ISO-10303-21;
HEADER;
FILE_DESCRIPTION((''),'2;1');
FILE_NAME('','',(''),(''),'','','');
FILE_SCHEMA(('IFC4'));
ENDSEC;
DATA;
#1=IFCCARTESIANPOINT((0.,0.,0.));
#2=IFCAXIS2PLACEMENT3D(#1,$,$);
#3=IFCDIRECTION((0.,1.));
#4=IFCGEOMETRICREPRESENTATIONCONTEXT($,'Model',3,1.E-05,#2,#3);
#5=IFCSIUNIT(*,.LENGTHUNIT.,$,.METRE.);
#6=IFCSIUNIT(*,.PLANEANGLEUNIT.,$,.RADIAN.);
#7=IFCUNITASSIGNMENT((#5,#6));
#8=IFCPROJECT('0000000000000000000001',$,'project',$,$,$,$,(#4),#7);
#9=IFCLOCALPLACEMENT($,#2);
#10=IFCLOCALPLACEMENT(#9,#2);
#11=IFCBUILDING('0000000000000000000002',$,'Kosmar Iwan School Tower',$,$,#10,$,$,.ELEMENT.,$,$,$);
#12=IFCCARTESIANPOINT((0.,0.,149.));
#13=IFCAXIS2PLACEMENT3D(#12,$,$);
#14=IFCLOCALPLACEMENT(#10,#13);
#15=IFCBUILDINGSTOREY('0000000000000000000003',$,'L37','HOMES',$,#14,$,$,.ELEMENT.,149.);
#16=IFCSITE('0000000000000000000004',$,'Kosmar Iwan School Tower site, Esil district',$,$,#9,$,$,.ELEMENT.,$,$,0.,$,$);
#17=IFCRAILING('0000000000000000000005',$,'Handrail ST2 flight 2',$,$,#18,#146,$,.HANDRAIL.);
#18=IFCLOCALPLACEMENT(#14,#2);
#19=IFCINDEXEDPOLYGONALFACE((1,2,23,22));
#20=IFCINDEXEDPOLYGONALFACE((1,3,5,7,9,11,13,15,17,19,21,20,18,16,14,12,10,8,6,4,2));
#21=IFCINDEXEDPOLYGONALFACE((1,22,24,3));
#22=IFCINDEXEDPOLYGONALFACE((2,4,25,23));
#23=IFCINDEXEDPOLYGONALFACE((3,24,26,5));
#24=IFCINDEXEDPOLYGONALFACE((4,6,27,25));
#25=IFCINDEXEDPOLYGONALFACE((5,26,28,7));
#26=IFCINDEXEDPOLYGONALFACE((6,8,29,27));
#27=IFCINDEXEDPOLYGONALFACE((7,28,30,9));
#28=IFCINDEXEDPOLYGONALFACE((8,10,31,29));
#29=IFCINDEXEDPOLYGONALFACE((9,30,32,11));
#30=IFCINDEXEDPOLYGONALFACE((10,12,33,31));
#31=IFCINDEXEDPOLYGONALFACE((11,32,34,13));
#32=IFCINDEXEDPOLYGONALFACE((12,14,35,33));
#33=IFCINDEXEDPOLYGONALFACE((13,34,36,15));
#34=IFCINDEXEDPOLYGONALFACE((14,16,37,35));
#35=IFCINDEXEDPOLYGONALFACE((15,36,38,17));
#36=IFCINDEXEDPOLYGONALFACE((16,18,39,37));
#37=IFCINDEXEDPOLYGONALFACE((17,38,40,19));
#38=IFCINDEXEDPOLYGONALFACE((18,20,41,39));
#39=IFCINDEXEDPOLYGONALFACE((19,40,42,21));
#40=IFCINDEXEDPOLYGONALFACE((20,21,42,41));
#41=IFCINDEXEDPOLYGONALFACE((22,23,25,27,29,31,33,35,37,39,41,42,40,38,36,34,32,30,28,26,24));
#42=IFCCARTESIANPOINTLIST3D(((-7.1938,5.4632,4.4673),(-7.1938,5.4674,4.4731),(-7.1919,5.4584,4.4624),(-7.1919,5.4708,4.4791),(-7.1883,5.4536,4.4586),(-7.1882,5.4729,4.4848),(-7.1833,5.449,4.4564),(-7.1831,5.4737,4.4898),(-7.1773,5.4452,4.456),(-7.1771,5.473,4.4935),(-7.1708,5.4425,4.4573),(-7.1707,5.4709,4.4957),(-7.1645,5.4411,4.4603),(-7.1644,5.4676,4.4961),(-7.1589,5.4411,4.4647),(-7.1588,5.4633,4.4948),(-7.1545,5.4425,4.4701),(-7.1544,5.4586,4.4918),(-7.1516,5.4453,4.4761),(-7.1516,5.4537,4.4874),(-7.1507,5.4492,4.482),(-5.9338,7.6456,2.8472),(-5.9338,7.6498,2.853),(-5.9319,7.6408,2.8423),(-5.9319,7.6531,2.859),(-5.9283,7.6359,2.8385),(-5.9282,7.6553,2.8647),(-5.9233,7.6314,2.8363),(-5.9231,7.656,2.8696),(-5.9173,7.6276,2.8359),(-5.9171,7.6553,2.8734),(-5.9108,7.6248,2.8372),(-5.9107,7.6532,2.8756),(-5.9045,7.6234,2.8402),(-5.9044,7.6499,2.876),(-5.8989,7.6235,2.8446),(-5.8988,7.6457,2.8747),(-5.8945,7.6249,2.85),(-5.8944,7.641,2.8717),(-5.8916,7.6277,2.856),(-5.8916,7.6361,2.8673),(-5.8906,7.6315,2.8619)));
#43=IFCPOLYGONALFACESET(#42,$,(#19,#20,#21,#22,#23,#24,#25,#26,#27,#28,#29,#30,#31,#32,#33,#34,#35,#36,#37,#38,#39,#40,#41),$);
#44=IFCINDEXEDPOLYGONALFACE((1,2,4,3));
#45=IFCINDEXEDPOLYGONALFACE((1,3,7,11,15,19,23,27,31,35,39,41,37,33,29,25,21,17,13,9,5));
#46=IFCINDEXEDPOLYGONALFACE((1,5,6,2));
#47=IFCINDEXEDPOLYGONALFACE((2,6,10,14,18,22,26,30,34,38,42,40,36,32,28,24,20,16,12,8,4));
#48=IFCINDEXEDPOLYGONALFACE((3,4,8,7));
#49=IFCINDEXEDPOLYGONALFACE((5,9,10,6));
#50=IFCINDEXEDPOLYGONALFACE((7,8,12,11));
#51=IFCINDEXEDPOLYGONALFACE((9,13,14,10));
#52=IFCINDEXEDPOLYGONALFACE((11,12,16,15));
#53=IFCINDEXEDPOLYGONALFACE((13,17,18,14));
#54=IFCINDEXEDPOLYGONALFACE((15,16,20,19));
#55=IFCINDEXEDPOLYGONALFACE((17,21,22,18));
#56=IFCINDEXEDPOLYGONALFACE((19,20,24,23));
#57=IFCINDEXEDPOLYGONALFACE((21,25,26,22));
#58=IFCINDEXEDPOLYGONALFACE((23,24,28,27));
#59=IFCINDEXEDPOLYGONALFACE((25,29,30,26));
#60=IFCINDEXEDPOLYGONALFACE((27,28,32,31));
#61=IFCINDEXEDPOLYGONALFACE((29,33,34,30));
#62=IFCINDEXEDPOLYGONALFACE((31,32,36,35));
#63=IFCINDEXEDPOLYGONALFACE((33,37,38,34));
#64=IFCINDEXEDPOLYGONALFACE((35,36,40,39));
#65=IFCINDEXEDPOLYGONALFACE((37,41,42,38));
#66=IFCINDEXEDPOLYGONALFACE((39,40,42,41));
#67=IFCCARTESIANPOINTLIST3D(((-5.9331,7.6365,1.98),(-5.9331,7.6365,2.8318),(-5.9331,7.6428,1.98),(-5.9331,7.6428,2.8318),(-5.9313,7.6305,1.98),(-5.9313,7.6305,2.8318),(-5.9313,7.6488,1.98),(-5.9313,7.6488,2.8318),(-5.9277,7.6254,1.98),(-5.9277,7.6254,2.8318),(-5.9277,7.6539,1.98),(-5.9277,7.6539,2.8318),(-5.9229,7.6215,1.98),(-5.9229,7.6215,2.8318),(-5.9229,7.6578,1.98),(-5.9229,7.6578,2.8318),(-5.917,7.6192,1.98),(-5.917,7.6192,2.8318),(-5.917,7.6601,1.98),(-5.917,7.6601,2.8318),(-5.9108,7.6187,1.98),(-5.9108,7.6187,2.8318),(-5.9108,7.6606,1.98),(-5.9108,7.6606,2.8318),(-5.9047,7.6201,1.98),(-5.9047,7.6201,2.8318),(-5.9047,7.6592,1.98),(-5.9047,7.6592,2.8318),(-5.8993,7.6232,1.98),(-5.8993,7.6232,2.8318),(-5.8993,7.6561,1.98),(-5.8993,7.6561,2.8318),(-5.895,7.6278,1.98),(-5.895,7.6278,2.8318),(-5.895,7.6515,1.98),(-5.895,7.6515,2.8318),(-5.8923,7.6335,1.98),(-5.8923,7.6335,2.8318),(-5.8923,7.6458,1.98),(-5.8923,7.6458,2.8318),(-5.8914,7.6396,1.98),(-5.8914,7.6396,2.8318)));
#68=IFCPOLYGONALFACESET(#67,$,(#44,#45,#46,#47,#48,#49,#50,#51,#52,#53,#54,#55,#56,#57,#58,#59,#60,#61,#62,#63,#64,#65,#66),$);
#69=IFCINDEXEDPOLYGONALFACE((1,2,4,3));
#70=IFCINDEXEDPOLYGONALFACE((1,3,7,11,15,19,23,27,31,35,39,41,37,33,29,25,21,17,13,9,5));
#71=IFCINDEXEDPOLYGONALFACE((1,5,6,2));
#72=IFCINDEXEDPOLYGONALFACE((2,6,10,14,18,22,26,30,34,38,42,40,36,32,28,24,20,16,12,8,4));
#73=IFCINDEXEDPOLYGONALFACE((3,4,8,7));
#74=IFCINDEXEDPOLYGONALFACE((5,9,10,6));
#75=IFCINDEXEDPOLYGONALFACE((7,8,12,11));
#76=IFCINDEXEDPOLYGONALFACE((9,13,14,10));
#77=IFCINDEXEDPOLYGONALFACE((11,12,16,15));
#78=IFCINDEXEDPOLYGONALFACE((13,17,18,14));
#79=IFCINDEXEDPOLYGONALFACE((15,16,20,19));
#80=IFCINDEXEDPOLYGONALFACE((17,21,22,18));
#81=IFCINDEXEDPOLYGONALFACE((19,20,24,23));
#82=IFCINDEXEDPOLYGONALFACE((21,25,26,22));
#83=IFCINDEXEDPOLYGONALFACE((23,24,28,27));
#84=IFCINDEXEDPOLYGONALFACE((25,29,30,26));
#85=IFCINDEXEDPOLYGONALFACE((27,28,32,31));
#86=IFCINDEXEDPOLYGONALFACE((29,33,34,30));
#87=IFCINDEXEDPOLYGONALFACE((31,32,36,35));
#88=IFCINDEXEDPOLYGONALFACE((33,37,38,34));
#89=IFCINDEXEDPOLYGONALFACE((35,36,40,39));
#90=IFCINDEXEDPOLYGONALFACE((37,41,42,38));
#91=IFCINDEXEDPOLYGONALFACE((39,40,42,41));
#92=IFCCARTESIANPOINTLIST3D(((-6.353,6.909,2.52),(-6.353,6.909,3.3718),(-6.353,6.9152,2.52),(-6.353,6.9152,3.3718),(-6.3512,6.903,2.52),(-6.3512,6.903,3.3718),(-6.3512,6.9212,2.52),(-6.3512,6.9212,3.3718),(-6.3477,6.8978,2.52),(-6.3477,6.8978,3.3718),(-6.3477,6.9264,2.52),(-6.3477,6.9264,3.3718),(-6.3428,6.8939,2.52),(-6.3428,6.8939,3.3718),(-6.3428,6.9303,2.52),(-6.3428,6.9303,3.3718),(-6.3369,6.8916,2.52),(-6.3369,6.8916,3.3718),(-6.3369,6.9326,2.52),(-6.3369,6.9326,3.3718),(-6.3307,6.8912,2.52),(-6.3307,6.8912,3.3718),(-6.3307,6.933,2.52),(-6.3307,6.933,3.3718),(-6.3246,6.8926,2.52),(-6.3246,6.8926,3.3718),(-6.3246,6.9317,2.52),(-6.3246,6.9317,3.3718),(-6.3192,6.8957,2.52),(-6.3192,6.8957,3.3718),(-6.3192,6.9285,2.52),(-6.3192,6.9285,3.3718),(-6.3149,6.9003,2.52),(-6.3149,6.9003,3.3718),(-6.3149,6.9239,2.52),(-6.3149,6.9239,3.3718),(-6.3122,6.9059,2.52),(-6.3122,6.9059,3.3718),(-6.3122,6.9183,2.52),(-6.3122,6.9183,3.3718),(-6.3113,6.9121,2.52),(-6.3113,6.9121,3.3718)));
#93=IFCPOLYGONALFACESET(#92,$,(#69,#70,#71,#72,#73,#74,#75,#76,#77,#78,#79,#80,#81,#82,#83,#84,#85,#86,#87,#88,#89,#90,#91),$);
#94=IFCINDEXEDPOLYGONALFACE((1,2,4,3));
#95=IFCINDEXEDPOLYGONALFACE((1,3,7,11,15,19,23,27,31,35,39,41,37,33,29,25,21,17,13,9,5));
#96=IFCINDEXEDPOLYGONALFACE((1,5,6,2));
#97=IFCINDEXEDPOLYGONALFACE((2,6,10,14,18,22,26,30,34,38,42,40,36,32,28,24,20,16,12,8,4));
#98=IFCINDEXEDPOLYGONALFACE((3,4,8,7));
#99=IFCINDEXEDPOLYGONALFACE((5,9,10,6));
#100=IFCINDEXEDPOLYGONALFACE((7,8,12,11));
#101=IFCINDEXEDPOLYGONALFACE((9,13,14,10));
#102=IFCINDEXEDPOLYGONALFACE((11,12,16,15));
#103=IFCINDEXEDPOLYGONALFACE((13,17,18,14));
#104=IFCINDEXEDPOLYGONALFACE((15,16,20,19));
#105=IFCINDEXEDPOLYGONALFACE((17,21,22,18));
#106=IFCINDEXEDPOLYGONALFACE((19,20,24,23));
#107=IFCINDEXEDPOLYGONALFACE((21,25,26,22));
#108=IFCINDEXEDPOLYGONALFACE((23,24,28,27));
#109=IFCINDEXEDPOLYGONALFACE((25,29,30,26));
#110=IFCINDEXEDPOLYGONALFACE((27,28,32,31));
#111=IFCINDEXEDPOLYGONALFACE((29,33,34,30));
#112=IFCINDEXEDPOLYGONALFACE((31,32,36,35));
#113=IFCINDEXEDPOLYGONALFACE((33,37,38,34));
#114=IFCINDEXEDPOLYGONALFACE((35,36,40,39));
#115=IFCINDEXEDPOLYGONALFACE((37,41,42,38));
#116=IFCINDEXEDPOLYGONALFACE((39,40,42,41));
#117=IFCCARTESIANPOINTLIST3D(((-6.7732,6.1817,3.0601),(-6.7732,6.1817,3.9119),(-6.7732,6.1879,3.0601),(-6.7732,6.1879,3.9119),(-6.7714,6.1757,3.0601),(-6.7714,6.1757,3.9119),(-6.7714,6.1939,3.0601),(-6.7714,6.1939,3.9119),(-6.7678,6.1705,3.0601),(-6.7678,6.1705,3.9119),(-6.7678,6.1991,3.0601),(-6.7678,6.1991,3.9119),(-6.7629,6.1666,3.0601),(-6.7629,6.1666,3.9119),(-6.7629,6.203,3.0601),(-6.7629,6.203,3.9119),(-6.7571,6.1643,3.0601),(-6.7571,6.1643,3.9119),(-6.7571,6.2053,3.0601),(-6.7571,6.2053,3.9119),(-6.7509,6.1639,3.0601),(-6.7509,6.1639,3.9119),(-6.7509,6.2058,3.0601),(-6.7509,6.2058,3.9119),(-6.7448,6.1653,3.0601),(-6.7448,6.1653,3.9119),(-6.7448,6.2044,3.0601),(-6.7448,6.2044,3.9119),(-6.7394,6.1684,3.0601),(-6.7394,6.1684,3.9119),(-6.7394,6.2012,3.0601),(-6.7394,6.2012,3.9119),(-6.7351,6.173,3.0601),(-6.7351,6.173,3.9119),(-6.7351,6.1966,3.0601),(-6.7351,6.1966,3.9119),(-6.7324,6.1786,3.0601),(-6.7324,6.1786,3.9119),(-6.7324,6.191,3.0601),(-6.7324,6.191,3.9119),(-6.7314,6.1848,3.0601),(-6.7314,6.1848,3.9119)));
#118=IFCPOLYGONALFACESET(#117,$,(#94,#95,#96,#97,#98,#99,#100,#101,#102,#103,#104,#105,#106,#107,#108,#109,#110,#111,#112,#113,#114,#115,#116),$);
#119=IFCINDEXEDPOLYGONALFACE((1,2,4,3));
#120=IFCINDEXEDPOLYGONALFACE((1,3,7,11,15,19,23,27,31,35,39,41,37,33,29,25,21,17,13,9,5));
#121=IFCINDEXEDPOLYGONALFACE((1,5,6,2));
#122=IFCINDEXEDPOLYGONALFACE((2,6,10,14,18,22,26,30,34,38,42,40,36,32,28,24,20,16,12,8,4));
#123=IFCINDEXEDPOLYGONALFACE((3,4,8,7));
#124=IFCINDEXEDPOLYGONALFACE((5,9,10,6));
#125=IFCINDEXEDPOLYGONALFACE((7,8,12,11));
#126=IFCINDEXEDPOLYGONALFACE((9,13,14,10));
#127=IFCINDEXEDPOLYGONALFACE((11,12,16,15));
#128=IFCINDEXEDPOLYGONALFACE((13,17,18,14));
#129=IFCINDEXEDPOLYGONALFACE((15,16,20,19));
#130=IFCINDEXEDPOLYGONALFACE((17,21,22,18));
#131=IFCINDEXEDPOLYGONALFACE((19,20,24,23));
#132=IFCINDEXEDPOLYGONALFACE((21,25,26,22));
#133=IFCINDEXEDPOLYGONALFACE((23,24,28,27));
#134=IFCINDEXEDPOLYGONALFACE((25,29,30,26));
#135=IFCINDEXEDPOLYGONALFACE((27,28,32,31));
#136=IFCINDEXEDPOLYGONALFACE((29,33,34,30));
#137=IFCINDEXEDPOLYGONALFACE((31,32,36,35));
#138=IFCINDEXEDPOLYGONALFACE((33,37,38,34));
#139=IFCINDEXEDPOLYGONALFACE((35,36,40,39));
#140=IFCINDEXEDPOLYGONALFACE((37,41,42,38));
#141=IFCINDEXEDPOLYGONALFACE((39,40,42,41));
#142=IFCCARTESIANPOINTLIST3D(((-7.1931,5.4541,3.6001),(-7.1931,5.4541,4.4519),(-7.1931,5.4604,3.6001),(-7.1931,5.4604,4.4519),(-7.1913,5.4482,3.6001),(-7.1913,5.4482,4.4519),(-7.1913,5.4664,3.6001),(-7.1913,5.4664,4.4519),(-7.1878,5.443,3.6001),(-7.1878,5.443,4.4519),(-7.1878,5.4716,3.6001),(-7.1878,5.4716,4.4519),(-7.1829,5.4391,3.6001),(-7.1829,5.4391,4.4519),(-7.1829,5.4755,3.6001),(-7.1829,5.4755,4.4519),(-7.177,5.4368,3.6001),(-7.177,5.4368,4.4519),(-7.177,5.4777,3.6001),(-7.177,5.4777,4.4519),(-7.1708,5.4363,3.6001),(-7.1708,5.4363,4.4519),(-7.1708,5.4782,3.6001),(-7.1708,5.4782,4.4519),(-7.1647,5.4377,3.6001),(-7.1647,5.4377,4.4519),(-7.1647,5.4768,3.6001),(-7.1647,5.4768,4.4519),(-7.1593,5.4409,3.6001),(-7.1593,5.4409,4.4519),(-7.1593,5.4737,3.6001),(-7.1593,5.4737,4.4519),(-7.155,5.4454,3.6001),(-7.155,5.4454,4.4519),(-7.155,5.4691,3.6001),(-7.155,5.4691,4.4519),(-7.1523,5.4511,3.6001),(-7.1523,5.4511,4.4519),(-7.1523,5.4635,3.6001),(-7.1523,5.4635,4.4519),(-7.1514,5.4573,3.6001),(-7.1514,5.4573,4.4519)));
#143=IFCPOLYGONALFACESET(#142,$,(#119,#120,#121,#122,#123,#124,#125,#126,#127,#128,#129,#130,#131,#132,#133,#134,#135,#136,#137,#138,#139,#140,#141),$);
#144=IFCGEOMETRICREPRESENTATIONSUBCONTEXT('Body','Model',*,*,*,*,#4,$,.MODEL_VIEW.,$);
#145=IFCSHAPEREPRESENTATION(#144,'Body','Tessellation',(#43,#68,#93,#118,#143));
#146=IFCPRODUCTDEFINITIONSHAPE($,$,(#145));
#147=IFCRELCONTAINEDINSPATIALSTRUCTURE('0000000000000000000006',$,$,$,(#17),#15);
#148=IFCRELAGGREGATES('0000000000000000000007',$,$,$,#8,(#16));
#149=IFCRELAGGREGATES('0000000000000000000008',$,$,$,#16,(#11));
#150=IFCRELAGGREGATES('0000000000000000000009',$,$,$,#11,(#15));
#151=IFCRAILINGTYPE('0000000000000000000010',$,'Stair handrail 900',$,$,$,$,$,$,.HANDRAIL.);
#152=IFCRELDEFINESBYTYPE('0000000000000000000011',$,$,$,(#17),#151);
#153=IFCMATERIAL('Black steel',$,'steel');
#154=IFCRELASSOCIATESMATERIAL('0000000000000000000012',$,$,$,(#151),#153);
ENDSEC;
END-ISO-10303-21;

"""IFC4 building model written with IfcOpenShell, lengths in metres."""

from ifc_helpers import new_model, si_unit, direction, frame, origin, origin_2d, place, context, subcontext, project, spatial, circle, extrude, material, type_object, element, save


model = new_model("IFC4")

# Units and contexts
model_context = context("Model", 3, precision=1e-05, world=origin(), true_north=direction((0.0, 1.0)))
body_context = subcontext(model_context, "Body", "Model", "MODEL_VIEW")
ifc_project = project(units=[si_unit("LENGTHUNIT", "METRE"), si_unit("PLANEANGLEUNIT", "RADIAN")], contexts=[model_context])

# Site, building, storey
site_placement = place(None, origin())
site = spatial("IfcSite", under=ifc_project, at=site_placement, Name="Kosmar Iwan School Tower site, Esil district", CompositionType="ELEMENT", RefElevation=0.0)
building_placement = place(site_placement, origin())
building = spatial("IfcBuilding", under=site, at=building_placement, Name="Kosmar Iwan School Tower", CompositionType="ELEMENT")
storey_placement = place(building_placement, frame((0.0, 0.0, 149.0)))
storey = spatial("IfcBuildingStorey", under=building, at=storey_placement, Name="L37", Description="HOMES", CompositionType="ELEMENT", Elevation=149.0)

# Railing
ifc_material_1 = material(Name="Black steel", Category="steel")
railing_type = type_object("IfcRailingType", Name="Stair handrail 900", PredefinedType="HANDRAIL", material=ifc_material_1)
railing_1_placement = place(storey_placement, frame((-5.9124, 7.6396, 1.98)))
element("IfcRailing", 1, at=railing_1_placement, inside=storey, type_object=railing_type, Name="Handrail ST2 flight 2", PredefinedType="HANDRAIL", context=body_context, shape_type="SweptSolid", body=[
    extrude(circle(Radius=0.0239, at=origin_2d()), frame((0.0, 0.0, 0.876), z_axis=(-0.420584, -0.728464, 0.540786), x_axis=(0.866023, -0.500005, 0.0)), (0.0, 0.0, 1.0), 2.9958),
    extrude(circle(Radius=0.021, at=origin_2d()), origin(), (0.0, 0.0, 1.0), 0.8518),
    extrude(circle(Radius=0.021, at=origin_2d()), frame((-0.4199, -0.7275, 0.54)), (0.0, 0.0, 1.0), 0.8518),
    extrude(circle(Radius=0.021, at=origin_2d()), frame((-0.8401, -1.4548, 1.0801)), (0.0, 0.0, 1.0), 0.8518),
    extrude(circle(Radius=0.021, at=origin_2d()), frame((-1.26, -2.1824, 1.6201)), (0.0, 0.0, 1.0), 0.8518),
])

save(model, "model.ifc")
